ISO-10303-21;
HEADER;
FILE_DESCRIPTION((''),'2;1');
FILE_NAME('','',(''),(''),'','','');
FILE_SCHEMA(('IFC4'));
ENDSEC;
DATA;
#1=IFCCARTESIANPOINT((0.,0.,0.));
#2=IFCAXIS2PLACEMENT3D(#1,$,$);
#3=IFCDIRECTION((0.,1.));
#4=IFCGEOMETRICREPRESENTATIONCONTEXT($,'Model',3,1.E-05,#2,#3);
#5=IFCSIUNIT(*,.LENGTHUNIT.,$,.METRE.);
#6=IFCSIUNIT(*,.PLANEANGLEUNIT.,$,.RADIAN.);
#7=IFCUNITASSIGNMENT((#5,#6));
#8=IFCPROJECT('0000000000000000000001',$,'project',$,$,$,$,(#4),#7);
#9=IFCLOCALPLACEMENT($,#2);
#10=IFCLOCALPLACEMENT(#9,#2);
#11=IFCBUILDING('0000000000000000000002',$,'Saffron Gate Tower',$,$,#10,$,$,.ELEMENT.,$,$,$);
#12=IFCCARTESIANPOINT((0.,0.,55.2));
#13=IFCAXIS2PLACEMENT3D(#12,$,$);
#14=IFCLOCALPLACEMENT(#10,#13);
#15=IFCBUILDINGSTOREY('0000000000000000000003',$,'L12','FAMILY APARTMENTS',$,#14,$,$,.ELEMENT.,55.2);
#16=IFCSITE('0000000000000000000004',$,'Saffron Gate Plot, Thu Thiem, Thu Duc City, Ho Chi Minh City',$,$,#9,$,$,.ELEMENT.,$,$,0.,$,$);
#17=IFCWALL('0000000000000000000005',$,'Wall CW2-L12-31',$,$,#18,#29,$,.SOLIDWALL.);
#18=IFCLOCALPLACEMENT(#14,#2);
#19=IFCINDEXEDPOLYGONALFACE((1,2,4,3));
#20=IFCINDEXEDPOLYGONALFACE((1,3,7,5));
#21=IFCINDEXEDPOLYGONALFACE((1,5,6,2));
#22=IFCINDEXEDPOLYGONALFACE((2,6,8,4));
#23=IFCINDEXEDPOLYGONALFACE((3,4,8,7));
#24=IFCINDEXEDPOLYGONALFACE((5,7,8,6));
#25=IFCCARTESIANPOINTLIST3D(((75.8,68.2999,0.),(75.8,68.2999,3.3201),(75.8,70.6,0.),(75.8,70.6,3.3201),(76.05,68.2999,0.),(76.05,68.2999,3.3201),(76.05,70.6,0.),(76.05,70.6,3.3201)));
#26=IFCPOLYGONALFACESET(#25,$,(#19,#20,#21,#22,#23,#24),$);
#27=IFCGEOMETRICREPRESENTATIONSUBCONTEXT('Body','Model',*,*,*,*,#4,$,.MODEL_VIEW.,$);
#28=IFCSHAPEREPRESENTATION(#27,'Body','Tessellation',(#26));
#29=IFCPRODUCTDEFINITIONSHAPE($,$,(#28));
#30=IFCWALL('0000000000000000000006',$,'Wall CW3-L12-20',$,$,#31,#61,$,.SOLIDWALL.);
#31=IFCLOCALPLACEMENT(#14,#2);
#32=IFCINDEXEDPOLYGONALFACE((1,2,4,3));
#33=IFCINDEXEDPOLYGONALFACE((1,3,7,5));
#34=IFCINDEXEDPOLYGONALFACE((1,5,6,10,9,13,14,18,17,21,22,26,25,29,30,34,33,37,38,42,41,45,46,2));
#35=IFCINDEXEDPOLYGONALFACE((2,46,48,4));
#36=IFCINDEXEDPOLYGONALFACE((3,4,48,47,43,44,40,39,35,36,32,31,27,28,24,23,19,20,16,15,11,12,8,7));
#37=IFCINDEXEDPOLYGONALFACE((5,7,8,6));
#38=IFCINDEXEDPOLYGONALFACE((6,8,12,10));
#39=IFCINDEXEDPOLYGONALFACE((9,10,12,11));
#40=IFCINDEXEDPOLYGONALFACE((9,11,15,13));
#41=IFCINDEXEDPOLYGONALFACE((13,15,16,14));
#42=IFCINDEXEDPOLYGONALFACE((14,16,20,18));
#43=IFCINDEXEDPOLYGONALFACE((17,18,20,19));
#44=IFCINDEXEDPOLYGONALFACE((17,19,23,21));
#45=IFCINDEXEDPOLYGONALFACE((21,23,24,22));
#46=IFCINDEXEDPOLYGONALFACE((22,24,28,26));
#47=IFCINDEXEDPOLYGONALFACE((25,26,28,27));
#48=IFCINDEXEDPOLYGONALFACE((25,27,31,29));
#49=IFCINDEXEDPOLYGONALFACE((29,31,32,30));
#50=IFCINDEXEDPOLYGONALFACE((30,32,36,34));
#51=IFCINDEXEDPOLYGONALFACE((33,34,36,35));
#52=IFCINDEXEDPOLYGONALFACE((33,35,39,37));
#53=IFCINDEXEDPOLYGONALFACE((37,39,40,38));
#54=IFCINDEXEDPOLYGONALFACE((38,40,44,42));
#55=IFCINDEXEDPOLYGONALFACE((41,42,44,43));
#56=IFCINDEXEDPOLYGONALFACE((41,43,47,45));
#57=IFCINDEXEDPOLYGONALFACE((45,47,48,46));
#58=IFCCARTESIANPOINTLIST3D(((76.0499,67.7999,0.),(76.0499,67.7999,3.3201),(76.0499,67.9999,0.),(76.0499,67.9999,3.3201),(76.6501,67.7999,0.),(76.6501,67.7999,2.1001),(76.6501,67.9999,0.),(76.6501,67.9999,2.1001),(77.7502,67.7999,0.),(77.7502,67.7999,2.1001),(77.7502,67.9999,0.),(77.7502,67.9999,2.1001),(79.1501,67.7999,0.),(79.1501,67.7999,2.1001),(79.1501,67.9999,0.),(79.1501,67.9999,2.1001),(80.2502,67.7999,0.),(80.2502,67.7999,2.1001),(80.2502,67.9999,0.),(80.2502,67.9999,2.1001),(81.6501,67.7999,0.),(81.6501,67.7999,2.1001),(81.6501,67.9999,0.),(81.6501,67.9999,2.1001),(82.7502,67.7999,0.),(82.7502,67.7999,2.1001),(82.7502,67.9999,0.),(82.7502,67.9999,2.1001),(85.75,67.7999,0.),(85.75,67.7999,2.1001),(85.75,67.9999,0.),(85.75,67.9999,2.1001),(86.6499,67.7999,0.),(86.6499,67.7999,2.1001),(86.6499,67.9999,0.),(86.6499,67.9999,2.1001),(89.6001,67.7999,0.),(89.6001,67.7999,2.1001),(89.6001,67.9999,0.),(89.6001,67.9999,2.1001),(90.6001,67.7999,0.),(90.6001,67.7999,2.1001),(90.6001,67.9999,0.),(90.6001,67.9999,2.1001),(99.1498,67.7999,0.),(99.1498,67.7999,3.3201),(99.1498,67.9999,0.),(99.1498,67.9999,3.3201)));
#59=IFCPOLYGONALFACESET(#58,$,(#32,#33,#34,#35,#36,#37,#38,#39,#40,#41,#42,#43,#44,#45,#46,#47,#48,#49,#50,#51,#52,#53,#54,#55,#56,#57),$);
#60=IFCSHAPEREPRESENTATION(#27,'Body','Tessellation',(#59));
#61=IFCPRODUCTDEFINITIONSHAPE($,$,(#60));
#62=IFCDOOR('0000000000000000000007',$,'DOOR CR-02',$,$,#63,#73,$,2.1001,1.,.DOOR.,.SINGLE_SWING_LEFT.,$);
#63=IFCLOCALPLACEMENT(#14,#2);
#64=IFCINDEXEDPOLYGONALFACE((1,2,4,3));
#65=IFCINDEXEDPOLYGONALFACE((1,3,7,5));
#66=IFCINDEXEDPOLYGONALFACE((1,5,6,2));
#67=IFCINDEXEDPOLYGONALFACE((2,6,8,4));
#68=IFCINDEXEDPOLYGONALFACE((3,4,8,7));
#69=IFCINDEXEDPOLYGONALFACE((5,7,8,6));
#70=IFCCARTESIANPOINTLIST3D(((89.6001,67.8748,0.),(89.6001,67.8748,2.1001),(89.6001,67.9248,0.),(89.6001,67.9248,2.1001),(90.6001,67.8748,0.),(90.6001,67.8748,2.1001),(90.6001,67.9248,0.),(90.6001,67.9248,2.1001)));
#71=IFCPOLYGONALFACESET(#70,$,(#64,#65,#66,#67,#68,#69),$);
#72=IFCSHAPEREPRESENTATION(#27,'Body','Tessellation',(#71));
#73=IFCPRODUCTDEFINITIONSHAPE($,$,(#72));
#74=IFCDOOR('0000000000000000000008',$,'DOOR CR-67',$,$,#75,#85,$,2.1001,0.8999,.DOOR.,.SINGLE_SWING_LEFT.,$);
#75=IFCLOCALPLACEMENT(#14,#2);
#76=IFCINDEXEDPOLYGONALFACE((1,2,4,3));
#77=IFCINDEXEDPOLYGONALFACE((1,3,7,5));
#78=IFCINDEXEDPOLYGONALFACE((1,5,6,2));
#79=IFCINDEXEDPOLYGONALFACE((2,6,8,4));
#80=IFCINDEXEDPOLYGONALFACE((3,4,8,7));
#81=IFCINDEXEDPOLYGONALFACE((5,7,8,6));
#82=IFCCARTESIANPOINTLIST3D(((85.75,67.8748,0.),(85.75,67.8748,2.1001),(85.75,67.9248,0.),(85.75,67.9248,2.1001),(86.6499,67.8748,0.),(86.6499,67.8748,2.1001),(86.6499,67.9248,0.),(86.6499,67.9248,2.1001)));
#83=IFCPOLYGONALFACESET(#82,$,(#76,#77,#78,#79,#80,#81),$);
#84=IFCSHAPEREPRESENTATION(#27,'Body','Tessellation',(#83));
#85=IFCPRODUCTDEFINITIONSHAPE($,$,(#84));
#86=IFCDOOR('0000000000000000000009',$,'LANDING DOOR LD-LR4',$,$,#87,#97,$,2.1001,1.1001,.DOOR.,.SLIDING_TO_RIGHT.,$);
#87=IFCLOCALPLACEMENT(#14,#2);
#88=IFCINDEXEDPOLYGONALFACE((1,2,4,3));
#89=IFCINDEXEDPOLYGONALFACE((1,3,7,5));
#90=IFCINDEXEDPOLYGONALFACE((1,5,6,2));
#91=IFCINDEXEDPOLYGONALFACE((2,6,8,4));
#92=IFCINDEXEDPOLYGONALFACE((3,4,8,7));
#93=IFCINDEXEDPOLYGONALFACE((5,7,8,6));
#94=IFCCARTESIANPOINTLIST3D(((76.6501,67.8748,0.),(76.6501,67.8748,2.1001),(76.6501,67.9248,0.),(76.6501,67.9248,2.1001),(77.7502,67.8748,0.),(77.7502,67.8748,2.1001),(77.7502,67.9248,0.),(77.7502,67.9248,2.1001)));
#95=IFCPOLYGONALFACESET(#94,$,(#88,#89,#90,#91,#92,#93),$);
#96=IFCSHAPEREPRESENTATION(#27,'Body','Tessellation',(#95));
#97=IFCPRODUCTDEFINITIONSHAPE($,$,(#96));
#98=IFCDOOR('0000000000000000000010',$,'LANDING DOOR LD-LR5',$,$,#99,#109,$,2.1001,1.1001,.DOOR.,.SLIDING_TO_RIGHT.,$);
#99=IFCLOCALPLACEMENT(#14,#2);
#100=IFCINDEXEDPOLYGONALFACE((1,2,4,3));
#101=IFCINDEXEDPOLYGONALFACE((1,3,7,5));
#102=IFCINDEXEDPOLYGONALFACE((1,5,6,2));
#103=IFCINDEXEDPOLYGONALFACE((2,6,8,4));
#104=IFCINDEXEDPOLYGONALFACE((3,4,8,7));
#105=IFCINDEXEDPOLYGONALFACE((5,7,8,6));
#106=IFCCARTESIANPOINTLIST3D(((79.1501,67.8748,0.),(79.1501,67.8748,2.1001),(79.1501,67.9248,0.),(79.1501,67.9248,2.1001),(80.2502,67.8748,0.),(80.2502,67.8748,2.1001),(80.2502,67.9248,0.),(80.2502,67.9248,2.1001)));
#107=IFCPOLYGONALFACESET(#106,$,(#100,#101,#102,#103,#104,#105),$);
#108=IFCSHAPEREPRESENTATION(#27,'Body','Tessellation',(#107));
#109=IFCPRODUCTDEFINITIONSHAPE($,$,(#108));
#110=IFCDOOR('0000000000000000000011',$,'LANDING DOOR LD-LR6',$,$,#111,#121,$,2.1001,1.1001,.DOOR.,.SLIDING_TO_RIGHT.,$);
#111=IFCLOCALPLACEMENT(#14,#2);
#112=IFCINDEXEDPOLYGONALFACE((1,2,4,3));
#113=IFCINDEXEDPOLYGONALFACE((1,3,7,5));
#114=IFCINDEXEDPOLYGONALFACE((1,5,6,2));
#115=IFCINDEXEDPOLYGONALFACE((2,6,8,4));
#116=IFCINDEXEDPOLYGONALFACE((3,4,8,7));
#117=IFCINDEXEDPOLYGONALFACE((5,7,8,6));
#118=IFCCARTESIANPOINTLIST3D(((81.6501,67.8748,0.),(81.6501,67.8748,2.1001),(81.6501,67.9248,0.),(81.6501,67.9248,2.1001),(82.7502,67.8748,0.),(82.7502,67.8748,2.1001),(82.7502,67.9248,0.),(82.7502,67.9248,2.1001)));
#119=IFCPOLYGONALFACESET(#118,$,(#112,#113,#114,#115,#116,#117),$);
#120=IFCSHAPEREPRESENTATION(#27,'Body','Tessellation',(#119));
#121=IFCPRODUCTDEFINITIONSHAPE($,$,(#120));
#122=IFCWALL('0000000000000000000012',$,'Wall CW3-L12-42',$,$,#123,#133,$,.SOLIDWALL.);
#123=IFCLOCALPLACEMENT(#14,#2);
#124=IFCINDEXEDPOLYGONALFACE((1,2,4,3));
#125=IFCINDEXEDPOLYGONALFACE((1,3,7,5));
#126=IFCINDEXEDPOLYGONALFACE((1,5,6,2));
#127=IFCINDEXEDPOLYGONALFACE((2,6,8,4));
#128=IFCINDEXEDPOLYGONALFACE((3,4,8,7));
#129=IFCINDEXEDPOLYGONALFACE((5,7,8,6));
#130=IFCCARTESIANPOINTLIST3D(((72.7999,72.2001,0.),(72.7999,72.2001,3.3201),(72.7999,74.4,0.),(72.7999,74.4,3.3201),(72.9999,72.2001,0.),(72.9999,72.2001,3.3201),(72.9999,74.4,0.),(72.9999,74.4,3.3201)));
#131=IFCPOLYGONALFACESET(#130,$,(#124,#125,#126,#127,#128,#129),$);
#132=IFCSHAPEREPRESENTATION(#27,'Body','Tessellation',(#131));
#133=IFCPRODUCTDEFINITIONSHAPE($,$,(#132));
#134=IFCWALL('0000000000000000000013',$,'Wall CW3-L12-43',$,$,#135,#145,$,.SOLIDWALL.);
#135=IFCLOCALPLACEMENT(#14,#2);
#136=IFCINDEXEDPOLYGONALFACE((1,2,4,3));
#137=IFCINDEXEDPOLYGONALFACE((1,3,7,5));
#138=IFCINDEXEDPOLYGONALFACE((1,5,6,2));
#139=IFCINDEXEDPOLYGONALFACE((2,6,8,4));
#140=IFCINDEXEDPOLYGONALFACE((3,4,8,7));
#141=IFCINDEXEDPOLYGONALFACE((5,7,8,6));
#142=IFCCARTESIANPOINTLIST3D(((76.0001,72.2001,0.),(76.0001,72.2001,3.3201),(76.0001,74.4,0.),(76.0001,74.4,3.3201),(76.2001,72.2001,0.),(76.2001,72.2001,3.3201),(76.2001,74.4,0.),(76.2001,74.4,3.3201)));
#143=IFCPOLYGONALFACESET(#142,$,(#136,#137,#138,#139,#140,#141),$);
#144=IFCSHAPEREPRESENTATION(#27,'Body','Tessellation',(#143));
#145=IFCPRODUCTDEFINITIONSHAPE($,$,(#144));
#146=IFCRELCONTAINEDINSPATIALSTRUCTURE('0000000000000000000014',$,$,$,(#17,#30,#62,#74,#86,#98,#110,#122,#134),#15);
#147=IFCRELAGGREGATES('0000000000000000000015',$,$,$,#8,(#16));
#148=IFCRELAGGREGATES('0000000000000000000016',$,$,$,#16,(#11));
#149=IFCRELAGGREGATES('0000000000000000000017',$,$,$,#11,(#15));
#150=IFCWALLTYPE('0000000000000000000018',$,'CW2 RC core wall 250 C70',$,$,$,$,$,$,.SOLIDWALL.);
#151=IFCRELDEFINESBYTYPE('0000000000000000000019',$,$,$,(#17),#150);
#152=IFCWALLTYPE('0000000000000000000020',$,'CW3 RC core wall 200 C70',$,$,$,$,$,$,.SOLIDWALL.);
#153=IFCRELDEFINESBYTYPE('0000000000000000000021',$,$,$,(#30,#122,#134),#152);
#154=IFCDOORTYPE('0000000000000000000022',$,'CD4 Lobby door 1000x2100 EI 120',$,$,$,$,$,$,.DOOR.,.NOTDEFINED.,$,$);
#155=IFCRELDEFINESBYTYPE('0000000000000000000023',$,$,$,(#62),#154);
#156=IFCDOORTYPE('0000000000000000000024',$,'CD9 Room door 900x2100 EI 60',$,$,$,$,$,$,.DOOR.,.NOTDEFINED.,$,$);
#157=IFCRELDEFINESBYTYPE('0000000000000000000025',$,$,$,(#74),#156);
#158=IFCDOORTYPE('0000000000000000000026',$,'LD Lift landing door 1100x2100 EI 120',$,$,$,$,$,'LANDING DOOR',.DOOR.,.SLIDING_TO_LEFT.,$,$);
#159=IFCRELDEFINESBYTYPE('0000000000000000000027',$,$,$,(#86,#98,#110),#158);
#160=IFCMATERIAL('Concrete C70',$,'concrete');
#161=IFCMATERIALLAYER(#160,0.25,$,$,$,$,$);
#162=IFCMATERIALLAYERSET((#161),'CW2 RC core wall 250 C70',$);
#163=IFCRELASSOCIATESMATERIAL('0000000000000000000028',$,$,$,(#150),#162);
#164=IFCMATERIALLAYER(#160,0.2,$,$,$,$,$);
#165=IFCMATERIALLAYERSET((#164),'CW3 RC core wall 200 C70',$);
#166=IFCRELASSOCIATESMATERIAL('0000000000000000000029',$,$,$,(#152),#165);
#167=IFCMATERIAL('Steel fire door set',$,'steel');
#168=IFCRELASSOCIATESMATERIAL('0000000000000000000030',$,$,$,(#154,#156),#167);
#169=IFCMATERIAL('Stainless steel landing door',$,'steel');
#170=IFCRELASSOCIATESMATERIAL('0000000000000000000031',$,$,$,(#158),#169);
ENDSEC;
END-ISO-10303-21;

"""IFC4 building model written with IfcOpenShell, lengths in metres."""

from ifc_helpers import new_model, si_unit, direction, frame, frame_2d, origin, place, context, subcontext, project, spatial, rectangle, extrude, material, layer, layer_set, type_object, element, fill, save


model = new_model("IFC4")

# Units and contexts
model_context = context("Model", 3, precision=1e-05, world=origin(), true_north=direction((0.0, 1.0)))
body_context = subcontext(model_context, "Body", "Model", "MODEL_VIEW")
ifc_project = project(units=[si_unit("LENGTHUNIT", "METRE"), si_unit("PLANEANGLEUNIT", "RADIAN")], contexts=[model_context])

# Site, building, storey
site_placement = place(None, origin())
site = spatial("IfcSite", under=ifc_project, at=site_placement, Name="Saffron Gate Plot, Thu Thiem, Thu Duc City, Ho Chi Minh City", CompositionType="ELEMENT", RefElevation=0.0)
building_placement = place(site_placement, origin())
building = spatial("IfcBuilding", under=site, at=building_placement, Name="Saffron Gate Tower", CompositionType="ELEMENT")
storey_placement = place(building_placement, frame((0.0, 0.0, 55.2)))
storey = spatial("IfcBuildingStorey", under=building, at=storey_placement, Name="L12", Description="FAMILY APARTMENTS", CompositionType="ELEMENT", Elevation=55.2)

# Wall
ifc_material_1 = material(Name="Concrete C70", Category="concrete")
ifc_layer_1 = layer(ifc_material_1, 0.25)
ifc_layer_set_1 = layer_set([ifc_layer_1], Name="CW2 RC core wall 250 C70")
wall_type_1 = type_object("IfcWallType", Name="CW2 RC core wall 250 C70", PredefinedType="SOLIDWALL", material=ifc_layer_set_1)
wall_1_placement = place(storey_placement, frame((75.925, 68.3, 0.0), z_axis=(0.0, 0.0, 1.0), x_axis=(0.0, 1.0, 0.0)))
element("IfcWall", 1, at=wall_1_placement, inside=storey, type_object=wall_type_1, Name="Wall CW2-L12-31", PredefinedType="SOLIDWALL", context=body_context, shape_type="SweptSolid", body=[
    extrude(rectangle(XDim=2.3, YDim=0.25, at=frame_2d((1.1499, 0.0))), origin(), (0.0, 0.0, 1.0), 3.3201),
])

# Wall, openings, doors
ifc_layer_2 = layer(ifc_material_1, 0.2)
ifc_layer_set_2 = layer_set([ifc_layer_2], Name="CW3 RC core wall 200 C70")
wall_type_2 = type_object("IfcWallType", Name="CW3 RC core wall 200 C70", PredefinedType="SOLIDWALL", material=ifc_layer_set_2)
wall_2_placement = place(storey_placement, frame((76.05, 67.8999, 0.0), z_axis=(0.0, 0.0, 1.0), x_axis=(1.0, 0.0, 0.0)))
wall_2 = element("IfcWall", 2, at=wall_2_placement, inside=storey, type_object=wall_type_2, Name="Wall CW3-L12-20", PredefinedType="SOLIDWALL", context=body_context, shape_type="SweptSolid", body=[
    extrude(rectangle(XDim=23.0999, YDim=0.2, at=frame_2d((11.5498, 0.0))), origin(), (0.0, 0.0, 1.0), 3.3201),
])
opening_1_placement = place(wall_2_placement, frame((0.6001, 0.0, 0.0)))
opening_1 = element("IfcOpeningElement", 3, at=opening_1_placement, cuts=wall_2, PredefinedType="OPENING", context=body_context, shape_type="SweptSolid", body=[
    extrude(rectangle(XDim=1.1001, YDim=2.1001, at=frame_2d((0.55, 1.05))), frame((0.0, 0.1099, 0.0), z_axis=(0.0, -1.0, 0.0), x_axis=(1.0, 0.0, 0.0)), (0.0, 0.0, 1.0), 0.22),
])
opening_2_placement = place(wall_2_placement, frame((3.1001, 0.0, 0.0)))
opening_2 = element("IfcOpeningElement", 4, at=opening_2_placement, cuts=wall_2, PredefinedType="OPENING", context=body_context, shape_type="SweptSolid", body=[
    extrude(rectangle(XDim=1.1001, YDim=2.1001, at=frame_2d((0.55, 1.05))), frame((0.0, 0.1099, 0.0), z_axis=(0.0, -1.0, 0.0), x_axis=(1.0, 0.0, 0.0)), (0.0, 0.0, 1.0), 0.22),
])
opening_3_placement = place(wall_2_placement, frame((5.6001, 0.0, 0.0)))
opening_3 = element("IfcOpeningElement", 5, at=opening_3_placement, cuts=wall_2, PredefinedType="OPENING", context=body_context, shape_type="SweptSolid", body=[
    extrude(rectangle(XDim=1.1001, YDim=2.1001, at=frame_2d((0.55, 1.05))), frame((0.0, 0.1099, 0.0), z_axis=(0.0, -1.0, 0.0), x_axis=(1.0, 0.0, 0.0)), (0.0, 0.0, 1.0), 0.22),
])
opening_4_placement = place(wall_2_placement, frame((9.7, 0.0, 0.0)))
opening_4 = element("IfcOpeningElement", 6, at=opening_4_placement, cuts=wall_2, PredefinedType="OPENING", context=body_context, shape_type="SweptSolid", body=[
    extrude(rectangle(XDim=0.8999, YDim=2.1001, at=frame_2d((0.45, 1.05))), frame((0.0, 0.1099, 0.0), z_axis=(0.0, -1.0, 0.0), x_axis=(1.0, 0.0, 0.0)), (0.0, 0.0, 1.0), 0.22),
])
opening_5_placement = place(wall_2_placement, frame((13.55, 0.0, 0.0)))
opening_5 = element("IfcOpeningElement", 7, at=opening_5_placement, cuts=wall_2, PredefinedType="OPENING", context=body_context, shape_type="SweptSolid", body=[
    extrude(rectangle(XDim=1.0, YDim=2.1001, at=frame_2d((0.5, 1.05))), frame((0.0, 0.1099, 0.0), z_axis=(0.0, -1.0, 0.0), x_axis=(1.0, 0.0, 0.0)), (0.0, 0.0, 1.0), 0.22),
])
ifc_material_2 = material(Name="Steel fire door set", Category="steel")
door_type_1 = type_object("IfcDoorType", Name="CD4 Lobby door 1000x2100 EI 120", OperationType="NOTDEFINED", PredefinedType="DOOR", material=ifc_material_2)
door_1_placement = place(opening_5_placement, origin())
door_1 = element("IfcDoor", 8, at=door_1_placement, inside=storey, type_object=door_type_1, Name="DOOR CR-02", OperationType="SINGLE_SWING_LEFT", OverallHeight=2.1001, OverallWidth=1.0, PredefinedType="DOOR", context=body_context, shape_type="SweptSolid", body=[
    extrude(rectangle(XDim=1.0, YDim=2.1001, at=frame_2d((0.5, 1.05))), frame((0.0, 0.0249, 0.0), z_axis=(0.0, -1.0, 0.0), x_axis=(1.0, 0.0, 0.0)), (0.0, 0.0, 1.0), 0.05),
])
fill(opening_5, door_1)
door_type_2 = type_object("IfcDoorType", Name="CD9 Room door 900x2100 EI 60", OperationType="NOTDEFINED", PredefinedType="DOOR", material=ifc_material_2)
door_2_placement = place(opening_4_placement, origin())
door_2 = element("IfcDoor", 9, at=door_2_placement, inside=storey, type_object=door_type_2, Name="DOOR CR-67", OperationType="SINGLE_SWING_LEFT", OverallHeight=2.1001, OverallWidth=0.8999, PredefinedType="DOOR", context=body_context, shape_type="SweptSolid", body=[
    extrude(rectangle(XDim=0.8999, YDim=2.1001, at=frame_2d((0.45, 1.05))), frame((0.0, 0.0249, 0.0), z_axis=(0.0, -1.0, 0.0), x_axis=(1.0, 0.0, 0.0)), (0.0, 0.0, 1.0), 0.05),
])
fill(opening_4, door_2)
ifc_material_3 = material(Name="Stainless steel landing door", Category="steel")
door_type_3 = type_object("IfcDoorType", Name="LD Lift landing door 1100x2100 EI 120", ElementType="LANDING DOOR", OperationType="SLIDING_TO_LEFT", PredefinedType="DOOR", material=ifc_material_3)
door_3_placement = place(opening_1_placement, origin())
door_3 = element("IfcDoor", 10, at=door_3_placement, inside=storey, type_object=door_type_3, Name="LANDING DOOR LD-LR4", OperationType="SLIDING_TO_RIGHT", OverallHeight=2.1001, OverallWidth=1.1001, PredefinedType="DOOR", context=body_context, shape_type="SweptSolid", body=[
    extrude(rectangle(XDim=1.1001, YDim=2.1001, at=frame_2d((0.55, 1.05))), frame((0.0, 0.0249, 0.0), z_axis=(0.0, -1.0, 0.0), x_axis=(1.0, 0.0, 0.0)), (0.0, 0.0, 1.0), 0.05),
])
fill(opening_1, door_3)
door_4_placement = place(opening_2_placement, origin())
door_4 = element("IfcDoor", 11, at=door_4_placement, inside=storey, type_object=door_type_3, Name="LANDING DOOR LD-LR5", OperationType="SLIDING_TO_RIGHT", OverallHeight=2.1001, OverallWidth=1.1001, PredefinedType="DOOR", context=body_context, shape_type="SweptSolid", body=[
    extrude(rectangle(XDim=1.1001, YDim=2.1001, at=frame_2d((0.55, 1.05))), frame((0.0, 0.0249, 0.0), z_axis=(0.0, -1.0, 0.0), x_axis=(1.0, 0.0, 0.0)), (0.0, 0.0, 1.0), 0.05),
])
fill(opening_2, door_4)
door_5_placement = place(opening_3_placement, origin())
door_5 = element("IfcDoor", 12, at=door_5_placement, inside=storey, type_object=door_type_3, Name="LANDING DOOR LD-LR6", OperationType="SLIDING_TO_RIGHT", OverallHeight=2.1001, OverallWidth=1.1001, PredefinedType="DOOR", context=body_context, shape_type="SweptSolid", body=[
    extrude(rectangle(XDim=1.1001, YDim=2.1001, at=frame_2d((0.55, 1.05))), frame((0.0, 0.0249, 0.0), z_axis=(0.0, -1.0, 0.0), x_axis=(1.0, 0.0, 0.0)), (0.0, 0.0, 1.0), 0.05),
])
fill(opening_3, door_5)

# Walls
for number, where, z_axis, x_axis, name in (
    (13, (72.8999, 72.2, 0.0), (0.0, 0.0, 1.0), (0.0, 1.0, 0.0), "Wall CW3-L12-42"),
    (14, (76.1001, 72.2, 0.0), (0.0, 0.0, 1.0), (0.0, 1.0, 0.0), "Wall CW3-L12-43"),
):
    element("IfcWall", number, at=place(storey_placement, frame(where, z_axis=z_axis, x_axis=x_axis)), inside=storey, type_object=wall_type_2, Name=name, PredefinedType="SOLIDWALL", context=body_context, shape_type="SweptSolid", body=[
        extrude(rectangle(XDim=2.2, YDim=0.2, at=frame_2d((1.1001, 0.0))), origin(), (0.0, 0.0, 1.0), 3.3201),
    ])

save(model, "model.ifc")
